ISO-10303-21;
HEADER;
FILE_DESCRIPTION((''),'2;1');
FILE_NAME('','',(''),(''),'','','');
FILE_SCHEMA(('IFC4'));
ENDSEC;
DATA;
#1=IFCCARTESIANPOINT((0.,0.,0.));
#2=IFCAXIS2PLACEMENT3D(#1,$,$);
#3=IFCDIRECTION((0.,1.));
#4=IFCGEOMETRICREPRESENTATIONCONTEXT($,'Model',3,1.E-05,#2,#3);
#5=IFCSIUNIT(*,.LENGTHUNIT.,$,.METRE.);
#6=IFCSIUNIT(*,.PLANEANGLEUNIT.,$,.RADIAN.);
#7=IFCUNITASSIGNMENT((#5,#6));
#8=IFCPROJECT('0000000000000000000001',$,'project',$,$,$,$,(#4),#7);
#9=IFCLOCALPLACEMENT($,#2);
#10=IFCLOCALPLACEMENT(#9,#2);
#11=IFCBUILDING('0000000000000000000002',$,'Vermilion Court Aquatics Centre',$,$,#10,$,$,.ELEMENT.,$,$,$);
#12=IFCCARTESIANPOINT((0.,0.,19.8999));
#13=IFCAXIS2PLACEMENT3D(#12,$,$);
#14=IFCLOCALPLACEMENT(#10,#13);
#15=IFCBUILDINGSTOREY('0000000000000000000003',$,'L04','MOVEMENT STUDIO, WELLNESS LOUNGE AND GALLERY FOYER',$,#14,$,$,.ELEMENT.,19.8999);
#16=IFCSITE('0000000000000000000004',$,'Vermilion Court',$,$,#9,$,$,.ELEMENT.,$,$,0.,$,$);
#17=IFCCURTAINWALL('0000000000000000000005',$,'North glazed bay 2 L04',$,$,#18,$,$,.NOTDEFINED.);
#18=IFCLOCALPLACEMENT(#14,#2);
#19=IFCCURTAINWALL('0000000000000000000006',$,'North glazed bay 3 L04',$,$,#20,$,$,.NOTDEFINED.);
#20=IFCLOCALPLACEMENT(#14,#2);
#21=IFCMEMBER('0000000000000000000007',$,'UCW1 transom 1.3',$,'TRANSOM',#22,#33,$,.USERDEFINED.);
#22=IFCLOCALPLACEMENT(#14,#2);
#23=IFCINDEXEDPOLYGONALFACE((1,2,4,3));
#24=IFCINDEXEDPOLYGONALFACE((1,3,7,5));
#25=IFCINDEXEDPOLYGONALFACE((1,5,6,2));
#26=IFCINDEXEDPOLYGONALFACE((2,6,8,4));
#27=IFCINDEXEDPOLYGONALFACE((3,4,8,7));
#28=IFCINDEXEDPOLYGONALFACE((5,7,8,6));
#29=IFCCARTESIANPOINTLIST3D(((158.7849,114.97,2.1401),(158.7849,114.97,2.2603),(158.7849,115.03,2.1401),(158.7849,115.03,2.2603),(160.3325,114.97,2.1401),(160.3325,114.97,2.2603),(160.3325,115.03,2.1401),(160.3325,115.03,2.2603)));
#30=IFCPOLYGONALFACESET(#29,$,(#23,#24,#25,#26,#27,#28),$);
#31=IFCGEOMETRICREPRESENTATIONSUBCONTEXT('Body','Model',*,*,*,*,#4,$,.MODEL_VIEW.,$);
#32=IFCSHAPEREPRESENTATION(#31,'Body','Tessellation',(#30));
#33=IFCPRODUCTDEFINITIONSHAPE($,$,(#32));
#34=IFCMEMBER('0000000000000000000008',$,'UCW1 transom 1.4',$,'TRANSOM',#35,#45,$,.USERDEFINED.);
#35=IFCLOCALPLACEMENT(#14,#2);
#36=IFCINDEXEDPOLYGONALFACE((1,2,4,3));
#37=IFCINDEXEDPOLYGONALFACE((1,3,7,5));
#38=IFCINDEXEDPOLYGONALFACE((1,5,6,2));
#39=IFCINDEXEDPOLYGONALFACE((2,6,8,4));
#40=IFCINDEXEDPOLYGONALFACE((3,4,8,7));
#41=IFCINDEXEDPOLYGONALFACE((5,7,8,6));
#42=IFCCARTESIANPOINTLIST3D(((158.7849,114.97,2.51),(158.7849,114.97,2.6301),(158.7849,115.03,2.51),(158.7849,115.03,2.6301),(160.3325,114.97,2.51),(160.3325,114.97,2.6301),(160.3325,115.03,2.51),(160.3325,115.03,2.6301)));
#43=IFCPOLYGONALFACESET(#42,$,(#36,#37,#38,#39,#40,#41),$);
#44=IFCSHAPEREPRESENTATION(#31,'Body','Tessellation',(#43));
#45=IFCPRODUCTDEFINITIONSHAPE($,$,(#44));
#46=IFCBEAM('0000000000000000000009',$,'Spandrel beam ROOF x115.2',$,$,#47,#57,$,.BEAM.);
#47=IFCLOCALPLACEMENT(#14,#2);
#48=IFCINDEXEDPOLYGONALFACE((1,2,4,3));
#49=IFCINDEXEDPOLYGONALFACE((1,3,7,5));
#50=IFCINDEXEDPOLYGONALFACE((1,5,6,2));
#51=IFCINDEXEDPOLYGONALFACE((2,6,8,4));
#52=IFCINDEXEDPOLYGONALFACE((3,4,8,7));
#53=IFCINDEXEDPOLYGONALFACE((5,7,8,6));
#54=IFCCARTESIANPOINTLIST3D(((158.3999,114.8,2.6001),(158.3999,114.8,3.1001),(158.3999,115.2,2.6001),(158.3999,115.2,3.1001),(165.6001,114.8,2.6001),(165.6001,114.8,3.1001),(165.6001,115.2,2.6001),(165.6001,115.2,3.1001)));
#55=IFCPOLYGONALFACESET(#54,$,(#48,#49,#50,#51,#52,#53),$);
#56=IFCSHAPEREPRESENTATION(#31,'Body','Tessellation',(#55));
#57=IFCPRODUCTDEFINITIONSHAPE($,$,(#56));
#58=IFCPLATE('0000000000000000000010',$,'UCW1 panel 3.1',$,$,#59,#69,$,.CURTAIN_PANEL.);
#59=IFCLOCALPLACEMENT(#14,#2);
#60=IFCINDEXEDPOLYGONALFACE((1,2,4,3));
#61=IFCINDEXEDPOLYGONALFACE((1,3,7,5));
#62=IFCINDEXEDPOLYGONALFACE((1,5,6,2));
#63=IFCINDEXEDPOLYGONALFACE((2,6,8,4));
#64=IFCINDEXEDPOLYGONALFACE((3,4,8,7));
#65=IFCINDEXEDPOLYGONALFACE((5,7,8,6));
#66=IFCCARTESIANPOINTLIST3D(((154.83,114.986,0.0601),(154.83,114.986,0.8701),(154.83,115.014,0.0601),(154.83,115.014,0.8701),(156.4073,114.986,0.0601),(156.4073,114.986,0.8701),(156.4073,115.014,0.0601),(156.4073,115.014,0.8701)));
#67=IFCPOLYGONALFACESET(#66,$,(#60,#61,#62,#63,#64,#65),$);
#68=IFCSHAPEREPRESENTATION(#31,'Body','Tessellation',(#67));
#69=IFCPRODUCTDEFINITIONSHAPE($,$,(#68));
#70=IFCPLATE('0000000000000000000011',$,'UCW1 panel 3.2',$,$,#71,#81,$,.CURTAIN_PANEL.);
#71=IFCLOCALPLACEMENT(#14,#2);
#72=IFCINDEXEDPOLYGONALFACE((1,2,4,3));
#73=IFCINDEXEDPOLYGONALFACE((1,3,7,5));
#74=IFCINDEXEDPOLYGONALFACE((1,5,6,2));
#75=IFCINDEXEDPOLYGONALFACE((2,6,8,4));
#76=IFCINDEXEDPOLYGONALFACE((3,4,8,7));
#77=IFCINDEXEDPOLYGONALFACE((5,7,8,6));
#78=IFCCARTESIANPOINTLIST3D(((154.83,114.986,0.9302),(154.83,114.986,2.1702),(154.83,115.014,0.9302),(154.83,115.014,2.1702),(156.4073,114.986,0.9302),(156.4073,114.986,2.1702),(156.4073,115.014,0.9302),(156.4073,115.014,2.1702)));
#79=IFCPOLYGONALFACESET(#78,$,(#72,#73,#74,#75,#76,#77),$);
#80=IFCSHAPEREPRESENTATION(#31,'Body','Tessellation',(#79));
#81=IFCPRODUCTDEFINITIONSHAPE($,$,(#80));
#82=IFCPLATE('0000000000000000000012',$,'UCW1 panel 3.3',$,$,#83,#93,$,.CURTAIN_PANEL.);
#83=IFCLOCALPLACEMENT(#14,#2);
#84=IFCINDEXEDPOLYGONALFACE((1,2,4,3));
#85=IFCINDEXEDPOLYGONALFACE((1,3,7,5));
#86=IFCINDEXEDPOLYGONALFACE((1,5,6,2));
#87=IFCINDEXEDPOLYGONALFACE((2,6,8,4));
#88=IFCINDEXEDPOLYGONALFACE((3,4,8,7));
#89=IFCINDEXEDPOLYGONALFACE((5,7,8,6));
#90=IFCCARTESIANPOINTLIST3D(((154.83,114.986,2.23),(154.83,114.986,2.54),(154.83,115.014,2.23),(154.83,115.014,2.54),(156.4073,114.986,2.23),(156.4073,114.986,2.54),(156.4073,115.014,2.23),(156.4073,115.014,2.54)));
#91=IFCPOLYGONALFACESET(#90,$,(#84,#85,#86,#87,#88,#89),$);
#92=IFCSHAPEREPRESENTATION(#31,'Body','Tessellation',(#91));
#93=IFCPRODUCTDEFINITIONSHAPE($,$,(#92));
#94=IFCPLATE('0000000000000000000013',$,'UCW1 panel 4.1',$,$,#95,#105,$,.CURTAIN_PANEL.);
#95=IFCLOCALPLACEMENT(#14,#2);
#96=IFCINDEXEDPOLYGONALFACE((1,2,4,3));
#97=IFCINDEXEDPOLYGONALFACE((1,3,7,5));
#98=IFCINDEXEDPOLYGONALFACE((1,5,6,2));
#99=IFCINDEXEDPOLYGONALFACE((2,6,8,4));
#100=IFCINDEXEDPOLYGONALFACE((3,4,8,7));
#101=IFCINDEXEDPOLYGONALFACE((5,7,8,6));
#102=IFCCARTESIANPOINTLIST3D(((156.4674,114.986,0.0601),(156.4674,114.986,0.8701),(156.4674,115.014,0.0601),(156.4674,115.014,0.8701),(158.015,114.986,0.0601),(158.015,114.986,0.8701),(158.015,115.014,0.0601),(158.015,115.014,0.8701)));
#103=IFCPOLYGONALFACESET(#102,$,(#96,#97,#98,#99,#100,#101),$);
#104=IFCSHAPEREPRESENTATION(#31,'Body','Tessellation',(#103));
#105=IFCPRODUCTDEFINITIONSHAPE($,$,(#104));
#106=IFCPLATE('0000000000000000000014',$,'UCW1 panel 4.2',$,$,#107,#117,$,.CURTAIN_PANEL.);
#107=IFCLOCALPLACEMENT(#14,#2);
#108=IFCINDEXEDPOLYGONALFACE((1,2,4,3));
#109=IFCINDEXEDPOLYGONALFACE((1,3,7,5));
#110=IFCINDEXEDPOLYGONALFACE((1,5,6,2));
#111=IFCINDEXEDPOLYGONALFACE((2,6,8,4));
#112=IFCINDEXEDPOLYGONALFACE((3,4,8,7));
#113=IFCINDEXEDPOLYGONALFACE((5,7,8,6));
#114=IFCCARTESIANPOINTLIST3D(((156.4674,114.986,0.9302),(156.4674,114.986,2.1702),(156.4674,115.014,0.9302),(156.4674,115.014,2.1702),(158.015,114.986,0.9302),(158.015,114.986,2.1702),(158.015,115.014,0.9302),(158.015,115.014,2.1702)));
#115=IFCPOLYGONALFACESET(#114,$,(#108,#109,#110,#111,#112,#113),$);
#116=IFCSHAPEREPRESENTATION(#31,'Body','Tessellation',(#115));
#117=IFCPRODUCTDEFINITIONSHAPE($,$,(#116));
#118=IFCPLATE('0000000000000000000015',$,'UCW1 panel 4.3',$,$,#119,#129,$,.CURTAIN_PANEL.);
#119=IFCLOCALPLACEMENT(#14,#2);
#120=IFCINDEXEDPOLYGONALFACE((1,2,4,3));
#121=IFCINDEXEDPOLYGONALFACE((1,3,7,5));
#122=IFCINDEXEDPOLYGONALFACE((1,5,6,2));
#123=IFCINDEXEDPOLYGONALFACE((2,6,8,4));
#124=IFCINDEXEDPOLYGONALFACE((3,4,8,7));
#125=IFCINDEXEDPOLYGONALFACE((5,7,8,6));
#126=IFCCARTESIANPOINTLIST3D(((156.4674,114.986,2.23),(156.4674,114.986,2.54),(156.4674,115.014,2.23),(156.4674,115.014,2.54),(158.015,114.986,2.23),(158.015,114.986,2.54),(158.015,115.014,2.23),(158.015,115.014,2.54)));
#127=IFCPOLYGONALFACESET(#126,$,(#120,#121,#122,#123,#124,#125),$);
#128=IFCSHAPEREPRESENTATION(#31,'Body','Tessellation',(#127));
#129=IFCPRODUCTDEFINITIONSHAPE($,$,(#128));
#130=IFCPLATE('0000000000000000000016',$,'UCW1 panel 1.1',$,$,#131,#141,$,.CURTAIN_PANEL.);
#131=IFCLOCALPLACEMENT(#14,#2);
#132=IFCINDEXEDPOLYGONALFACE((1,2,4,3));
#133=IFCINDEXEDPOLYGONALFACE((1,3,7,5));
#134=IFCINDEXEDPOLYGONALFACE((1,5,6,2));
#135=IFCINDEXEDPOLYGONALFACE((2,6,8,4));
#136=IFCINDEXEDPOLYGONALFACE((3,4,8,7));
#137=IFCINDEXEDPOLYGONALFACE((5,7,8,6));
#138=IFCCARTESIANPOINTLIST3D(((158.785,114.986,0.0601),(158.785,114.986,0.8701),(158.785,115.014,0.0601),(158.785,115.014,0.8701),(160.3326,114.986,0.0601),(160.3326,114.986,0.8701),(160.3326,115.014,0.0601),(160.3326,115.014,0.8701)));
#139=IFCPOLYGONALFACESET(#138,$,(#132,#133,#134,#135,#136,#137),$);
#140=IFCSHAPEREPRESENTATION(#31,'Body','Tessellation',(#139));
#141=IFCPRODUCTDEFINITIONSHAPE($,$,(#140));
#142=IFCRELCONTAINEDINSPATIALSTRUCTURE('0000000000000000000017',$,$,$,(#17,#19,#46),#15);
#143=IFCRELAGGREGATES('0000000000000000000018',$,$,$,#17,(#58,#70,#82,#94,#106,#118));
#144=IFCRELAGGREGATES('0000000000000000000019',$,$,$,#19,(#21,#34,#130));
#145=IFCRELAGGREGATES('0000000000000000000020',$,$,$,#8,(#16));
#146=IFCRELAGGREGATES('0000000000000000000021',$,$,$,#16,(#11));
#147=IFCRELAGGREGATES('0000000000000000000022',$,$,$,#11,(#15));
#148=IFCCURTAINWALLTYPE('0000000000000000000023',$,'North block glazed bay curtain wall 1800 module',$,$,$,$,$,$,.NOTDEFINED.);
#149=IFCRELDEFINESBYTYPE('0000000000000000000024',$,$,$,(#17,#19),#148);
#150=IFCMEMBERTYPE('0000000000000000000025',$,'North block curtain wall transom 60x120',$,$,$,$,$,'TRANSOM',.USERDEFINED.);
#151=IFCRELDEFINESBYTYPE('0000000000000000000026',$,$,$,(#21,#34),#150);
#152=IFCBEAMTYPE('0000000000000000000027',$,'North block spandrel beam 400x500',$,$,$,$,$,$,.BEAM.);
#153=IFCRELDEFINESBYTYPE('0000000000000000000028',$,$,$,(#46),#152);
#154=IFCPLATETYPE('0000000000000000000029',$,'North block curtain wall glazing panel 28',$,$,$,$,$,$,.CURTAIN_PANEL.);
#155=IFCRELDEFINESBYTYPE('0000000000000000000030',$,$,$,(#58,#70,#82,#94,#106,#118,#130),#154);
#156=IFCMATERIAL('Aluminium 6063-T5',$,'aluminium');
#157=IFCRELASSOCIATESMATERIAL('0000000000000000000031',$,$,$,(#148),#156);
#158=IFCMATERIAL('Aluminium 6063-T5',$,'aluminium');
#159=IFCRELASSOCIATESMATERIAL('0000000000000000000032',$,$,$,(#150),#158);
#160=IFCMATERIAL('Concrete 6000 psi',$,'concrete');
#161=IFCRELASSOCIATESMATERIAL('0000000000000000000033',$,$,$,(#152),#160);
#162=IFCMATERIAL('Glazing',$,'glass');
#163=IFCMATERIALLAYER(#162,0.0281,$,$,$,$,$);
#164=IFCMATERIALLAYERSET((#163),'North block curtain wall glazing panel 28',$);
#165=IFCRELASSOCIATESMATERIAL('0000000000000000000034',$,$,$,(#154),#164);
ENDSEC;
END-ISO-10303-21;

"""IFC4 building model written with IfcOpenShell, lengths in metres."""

from ifc_helpers import new_model, si_unit, direction, frame, origin, origin_2d, place, context, subcontext, project, spatial, rectangle, extrude, material, layer, layer_set, material_profile, profile_set, type_object, element, aggregate, save


model = new_model("IFC4")

# Units and contexts
model_context = context("Model", 3, precision=1e-05, world=origin(), true_north=direction((0.0, 1.0)))
body_context = subcontext(model_context, "Body", "Model", "MODEL_VIEW")
ifc_project = project(units=[si_unit("LENGTHUNIT", "METRE"), si_unit("PLANEANGLEUNIT", "RADIAN")], contexts=[model_context])

# Site, building, storey
site_placement = place(None, origin())
site = spatial("IfcSite", under=ifc_project, at=site_placement, Name="Vermilion Court", CompositionType="ELEMENT", RefElevation=0.0)
building_placement = place(site_placement, origin())
building = spatial("IfcBuilding", under=site, at=building_placement, Name="Vermilion Court Aquatics Centre", CompositionType="ELEMENT")
storey_placement = place(building_placement, frame((0.0, 0.0, 19.8999)))
storey = spatial("IfcBuildingStorey", under=building, at=storey_placement, Name="L04", Description="MOVEMENT STUDIO, WELLNESS LOUNGE AND GALLERY FOYER", CompositionType="ELEMENT", Elevation=19.8999)

# Curtain wall
ifc_material_1 = material(Name="Aluminium 6063-T5", Category="aluminium")
curtain_wall_type = type_object("IfcCurtainWallType", Name="North block glazed bay curtain wall 1800 module", PredefinedType="NOTDEFINED", material=ifc_material_1)
curtain_wall_1_placement = place(storey_placement, origin())
curtain_wall_1 = element("IfcCurtainWall", 1, at=curtain_wall_1_placement, inside=storey, type_object=curtain_wall_type, Name="North glazed bay 2 L04", PredefinedType="NOTDEFINED")

# Curtain wall
curtain_wall_2_placement = place(storey_placement, origin())
curtain_wall_2 = element("IfcCurtainWall", 2, at=curtain_wall_2_placement, inside=storey, type_object=curtain_wall_type, Name="North glazed bay 3 L04", PredefinedType="NOTDEFINED")

# Members
ifc_material_2 = material(Name="Aluminium 6063-T5", Category="aluminium")
ifc_material_profile_1 = material_profile(ifc_material_2, rectangle(XDim=0.0601, YDim=0.1201, at=origin_2d()), Name="AL 60x120")
ifc_profile_set_1 = profile_set([ifc_material_profile_1], Name="Aluminium 6063-T5")
member_type_1 = type_object("IfcMemberType", Name="North block curtain wall transom 60x120", ElementType="TRANSOM", PredefinedType="USERDEFINED", material=ifc_profile_set_1)
member_1_placement = place(storey_placement, frame((158.7849, 115.0, 2.2002), z_axis=(1.0, 0.0, 0.0), x_axis=(0.0, 1.0, 0.0)))
member_1 = element("IfcMember", 3, at=member_1_placement, type_object=member_type_1, Name="UCW1 transom 1.3", ObjectType="TRANSOM", PredefinedType="USERDEFINED", context=body_context, shape_type="SweptSolid", body=[
    extrude(rectangle(XDim=0.0601, YDim=0.1201, at=origin_2d()), origin(), (0.0, 0.0, 1.0), 1.5476),
])
member_2_placement = place(storey_placement, frame((158.7849, 115.0, 2.5701), z_axis=(1.0, 0.0, 0.0), x_axis=(0.0, 1.0, 0.0)))
member_2 = element("IfcMember", 4, at=member_2_placement, type_object=member_type_1, Name="UCW1 transom 1.4", ObjectType="TRANSOM", PredefinedType="USERDEFINED", context=body_context, shape_type="SweptSolid", body=[
    extrude(rectangle(XDim=0.0601, YDim=0.1201, at=origin_2d()), origin(), (0.0, 0.0, 1.0), 1.5476),
])

# Beam
ifc_material_3 = material(Name="Concrete 6000 psi", Category="concrete")
ifc_material_profile_2 = material_profile(ifc_material_3, rectangle(XDim=0.3999, YDim=0.5, at=origin_2d()), Name="RC 400x500")
ifc_profile_set_2 = profile_set([ifc_material_profile_2], Name="Concrete 6000 psi")
beam_type = type_object("IfcBeamType", Name="North block spandrel beam 400x500", PredefinedType="BEAM", material=ifc_profile_set_2)
beam_placement = place(storey_placement, frame((158.3999, 115.0, 2.8501), z_axis=(1.0, 0.0, 0.0), x_axis=(0.0, 1.0, 0.0)))
element("IfcBeam", 5, at=beam_placement, inside=storey, type_object=beam_type, Name="Spandrel beam ROOF x115.2", PredefinedType="BEAM", context=body_context, shape_type="SweptSolid", body=[
    extrude(rectangle(XDim=0.3999, YDim=0.5, at=origin_2d()), origin(), (0.0, 0.0, 1.0), 7.2002),
])

# Plates
ifc_material_4 = material(Name="Glazing", Category="glass")
ifc_layer = layer(ifc_material_4, 0.0281)
ifc_layer_set = layer_set([ifc_layer], Name="North block curtain wall glazing panel 28")
plate_type = type_object("IfcPlateType", Name="North block curtain wall glazing panel 28", PredefinedType="CURTAIN_PANEL", material=ifc_layer_set)
plate_1_placement = place(storey_placement, frame((155.6187, 115.0, 0.0601), z_axis=(0.0, 0.0, 1.0), x_axis=(1.0, 0.0, 0.0)))
plate_1 = element("IfcPlate", 6, at=plate_1_placement, type_object=plate_type, Name="UCW1 panel 3.1", PredefinedType="CURTAIN_PANEL", context=body_context, shape_type="SweptSolid", body=[
    extrude(rectangle(XDim=1.5774, YDim=0.0281, at=origin_2d()), origin(), (0.0, 0.0, 1.0), 0.8101),
])
plate_2_placement = place(storey_placement, frame((155.6187, 115.0, 0.9302), z_axis=(0.0, 0.0, 1.0), x_axis=(1.0, 0.0, 0.0)))
plate_2 = element("IfcPlate", 7, at=plate_2_placement, type_object=plate_type, Name="UCW1 panel 3.2", PredefinedType="CURTAIN_PANEL", context=body_context, shape_type="SweptSolid", body=[
    extrude(rectangle(XDim=1.5774, YDim=0.0281, at=origin_2d()), origin(), (0.0, 0.0, 1.0), 1.24),
])
plate_3_placement = place(storey_placement, frame((155.6187, 115.0, 2.23), z_axis=(0.0, 0.0, 1.0), x_axis=(1.0, 0.0, 0.0)))
plate_3 = element("IfcPlate", 8, at=plate_3_placement, type_object=plate_type, Name="UCW1 panel 3.3", PredefinedType="CURTAIN_PANEL", context=body_context, shape_type="SweptSolid", body=[
    extrude(rectangle(XDim=1.5774, YDim=0.0281, at=origin_2d()), origin(), (0.0, 0.0, 1.0), 0.3101),
])
plate_4_placement = place(storey_placement, frame((157.2412, 115.0, 0.0601), z_axis=(0.0, 0.0, 1.0), x_axis=(1.0, 0.0, 0.0)))
plate_4 = element("IfcPlate", 9, at=plate_4_placement, type_object=plate_type, Name="UCW1 panel 4.1", PredefinedType="CURTAIN_PANEL", context=body_context, shape_type="SweptSolid", body=[
    extrude(rectangle(XDim=1.5476, YDim=0.0281, at=origin_2d()), origin(), (0.0, 0.0, 1.0), 0.8101),
])
plate_5_placement = place(storey_placement, frame((157.2412, 115.0, 0.9302), z_axis=(0.0, 0.0, 1.0), x_axis=(1.0, 0.0, 0.0)))
plate_5 = element("IfcPlate", 10, at=plate_5_placement, type_object=plate_type, Name="UCW1 panel 4.2", PredefinedType="CURTAIN_PANEL", context=body_context, shape_type="SweptSolid", body=[
    extrude(rectangle(XDim=1.5476, YDim=0.0281, at=origin_2d()), origin(), (0.0, 0.0, 1.0), 1.24),
])
plate_6_placement = place(storey_placement, frame((157.2412, 115.0, 2.23), z_axis=(0.0, 0.0, 1.0), x_axis=(1.0, 0.0, 0.0)))
plate_6 = element("IfcPlate", 11, at=plate_6_placement, type_object=plate_type, Name="UCW1 panel 4.3", PredefinedType="CURTAIN_PANEL", context=body_context, shape_type="SweptSolid", body=[
    extrude(rectangle(XDim=1.5476, YDim=0.0281, at=origin_2d()), origin(), (0.0, 0.0, 1.0), 0.3101),
])
aggregate(curtain_wall_1, [plate_1, plate_2, plate_3, plate_4, plate_5, plate_6])
plate_7_placement = place(storey_placement, frame((159.5588, 115.0, 0.0601), z_axis=(0.0, 0.0, 1.0), x_axis=(1.0, 0.0, 0.0)))
plate_7 = element("IfcPlate", 12, at=plate_7_placement, type_object=plate_type, Name="UCW1 panel 1.1", PredefinedType="CURTAIN_PANEL", context=body_context, shape_type="SweptSolid", body=[
    extrude(rectangle(XDim=1.5476, YDim=0.0281, at=origin_2d()), origin(), (0.0, 0.0, 1.0), 0.8101),
])
aggregate(curtain_wall_2, [member_1, member_2, plate_7])

save(model, "model.ifc")
